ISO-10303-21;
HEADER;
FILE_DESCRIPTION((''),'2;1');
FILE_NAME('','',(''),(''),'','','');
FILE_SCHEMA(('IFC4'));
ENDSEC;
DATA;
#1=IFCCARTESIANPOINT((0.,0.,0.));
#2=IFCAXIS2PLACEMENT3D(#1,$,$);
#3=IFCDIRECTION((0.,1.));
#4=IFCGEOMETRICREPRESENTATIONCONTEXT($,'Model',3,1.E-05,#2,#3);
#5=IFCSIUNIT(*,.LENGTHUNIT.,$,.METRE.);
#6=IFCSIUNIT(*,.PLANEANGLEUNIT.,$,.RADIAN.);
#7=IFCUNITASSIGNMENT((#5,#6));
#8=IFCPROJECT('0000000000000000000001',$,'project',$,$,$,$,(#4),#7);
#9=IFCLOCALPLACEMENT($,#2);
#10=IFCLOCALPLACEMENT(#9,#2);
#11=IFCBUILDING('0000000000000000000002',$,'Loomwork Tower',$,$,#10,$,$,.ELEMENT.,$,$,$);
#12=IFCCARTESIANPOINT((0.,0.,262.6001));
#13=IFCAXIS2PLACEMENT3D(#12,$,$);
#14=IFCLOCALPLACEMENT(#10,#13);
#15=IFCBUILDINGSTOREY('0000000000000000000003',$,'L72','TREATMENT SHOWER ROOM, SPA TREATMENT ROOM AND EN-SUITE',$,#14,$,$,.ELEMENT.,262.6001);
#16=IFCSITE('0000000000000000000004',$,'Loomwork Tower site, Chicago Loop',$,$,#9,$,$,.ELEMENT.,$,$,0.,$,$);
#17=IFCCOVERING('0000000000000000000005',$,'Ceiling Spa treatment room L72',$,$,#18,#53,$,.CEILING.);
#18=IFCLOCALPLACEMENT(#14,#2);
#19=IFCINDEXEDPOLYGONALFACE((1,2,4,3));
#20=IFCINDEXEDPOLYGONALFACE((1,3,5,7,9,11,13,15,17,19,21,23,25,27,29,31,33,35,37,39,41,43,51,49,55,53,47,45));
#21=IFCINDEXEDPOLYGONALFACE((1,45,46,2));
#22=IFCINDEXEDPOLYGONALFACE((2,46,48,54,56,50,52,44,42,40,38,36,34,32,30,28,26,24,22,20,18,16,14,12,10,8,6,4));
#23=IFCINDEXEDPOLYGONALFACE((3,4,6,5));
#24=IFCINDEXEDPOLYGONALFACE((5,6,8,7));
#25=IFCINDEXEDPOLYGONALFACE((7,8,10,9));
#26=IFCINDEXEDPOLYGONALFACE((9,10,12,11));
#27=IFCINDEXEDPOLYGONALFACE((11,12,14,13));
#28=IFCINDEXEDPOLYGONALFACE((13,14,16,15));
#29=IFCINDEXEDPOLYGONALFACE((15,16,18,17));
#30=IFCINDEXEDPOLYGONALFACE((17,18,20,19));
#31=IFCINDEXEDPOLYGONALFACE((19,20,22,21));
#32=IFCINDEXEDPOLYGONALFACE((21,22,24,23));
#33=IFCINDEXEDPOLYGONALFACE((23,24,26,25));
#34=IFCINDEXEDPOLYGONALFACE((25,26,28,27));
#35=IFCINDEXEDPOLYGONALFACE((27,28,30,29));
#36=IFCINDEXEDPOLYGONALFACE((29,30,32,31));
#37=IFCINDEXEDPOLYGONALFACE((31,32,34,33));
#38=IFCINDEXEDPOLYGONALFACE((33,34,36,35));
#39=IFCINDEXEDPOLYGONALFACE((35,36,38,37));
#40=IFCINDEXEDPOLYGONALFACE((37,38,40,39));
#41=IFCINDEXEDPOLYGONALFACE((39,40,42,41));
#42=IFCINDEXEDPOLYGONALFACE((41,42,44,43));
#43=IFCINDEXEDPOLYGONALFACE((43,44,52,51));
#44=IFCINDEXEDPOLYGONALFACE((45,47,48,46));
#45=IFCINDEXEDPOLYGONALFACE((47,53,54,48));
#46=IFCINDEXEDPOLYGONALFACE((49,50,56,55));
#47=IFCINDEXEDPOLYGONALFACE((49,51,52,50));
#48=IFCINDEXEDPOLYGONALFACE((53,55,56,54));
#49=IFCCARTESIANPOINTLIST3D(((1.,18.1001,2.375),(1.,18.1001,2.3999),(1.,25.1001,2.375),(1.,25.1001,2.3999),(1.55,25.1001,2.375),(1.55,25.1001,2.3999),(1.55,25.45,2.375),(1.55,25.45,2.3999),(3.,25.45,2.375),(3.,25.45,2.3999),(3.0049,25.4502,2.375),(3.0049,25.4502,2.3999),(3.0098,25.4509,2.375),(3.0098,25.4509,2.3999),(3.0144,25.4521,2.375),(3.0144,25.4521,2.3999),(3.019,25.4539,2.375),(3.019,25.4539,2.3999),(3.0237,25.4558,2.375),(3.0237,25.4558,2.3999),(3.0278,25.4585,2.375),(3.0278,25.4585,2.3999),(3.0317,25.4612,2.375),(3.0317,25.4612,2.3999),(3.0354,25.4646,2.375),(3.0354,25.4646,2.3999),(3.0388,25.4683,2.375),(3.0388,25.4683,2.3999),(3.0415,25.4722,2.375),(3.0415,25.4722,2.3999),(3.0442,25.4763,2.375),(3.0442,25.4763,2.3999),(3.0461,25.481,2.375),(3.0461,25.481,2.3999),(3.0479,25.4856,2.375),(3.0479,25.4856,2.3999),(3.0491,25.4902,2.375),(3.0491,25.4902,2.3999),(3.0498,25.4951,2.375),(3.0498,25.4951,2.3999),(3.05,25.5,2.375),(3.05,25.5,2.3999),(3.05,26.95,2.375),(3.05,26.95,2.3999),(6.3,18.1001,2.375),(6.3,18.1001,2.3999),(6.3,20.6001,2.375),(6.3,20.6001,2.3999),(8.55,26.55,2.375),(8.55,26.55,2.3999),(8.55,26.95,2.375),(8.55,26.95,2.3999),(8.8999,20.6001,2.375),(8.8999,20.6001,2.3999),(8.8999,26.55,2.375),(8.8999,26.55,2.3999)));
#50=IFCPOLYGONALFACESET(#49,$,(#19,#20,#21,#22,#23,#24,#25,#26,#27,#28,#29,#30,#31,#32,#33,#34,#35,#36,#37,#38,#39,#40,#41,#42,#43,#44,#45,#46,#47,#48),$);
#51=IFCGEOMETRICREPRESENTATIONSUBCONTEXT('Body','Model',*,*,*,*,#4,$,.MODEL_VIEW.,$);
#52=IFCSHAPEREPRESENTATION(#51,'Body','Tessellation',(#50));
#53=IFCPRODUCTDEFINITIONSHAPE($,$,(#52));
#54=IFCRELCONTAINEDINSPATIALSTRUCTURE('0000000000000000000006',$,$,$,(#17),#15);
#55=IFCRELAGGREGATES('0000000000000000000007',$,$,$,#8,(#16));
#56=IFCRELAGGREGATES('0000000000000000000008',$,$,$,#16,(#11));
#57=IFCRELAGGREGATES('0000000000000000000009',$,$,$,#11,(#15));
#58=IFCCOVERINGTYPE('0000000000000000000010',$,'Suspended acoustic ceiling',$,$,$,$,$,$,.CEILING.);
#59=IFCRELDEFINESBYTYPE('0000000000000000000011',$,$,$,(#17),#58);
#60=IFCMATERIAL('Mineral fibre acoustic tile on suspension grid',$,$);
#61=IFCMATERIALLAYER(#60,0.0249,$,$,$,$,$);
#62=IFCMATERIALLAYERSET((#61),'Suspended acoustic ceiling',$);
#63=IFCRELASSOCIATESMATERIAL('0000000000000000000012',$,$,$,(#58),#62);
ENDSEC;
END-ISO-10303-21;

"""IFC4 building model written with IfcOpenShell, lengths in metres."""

from ifc_helpers import new_model, si_unit, direction, frame, origin, place, context, subcontext, project, spatial, polyline, outline, extrude, material, layer, layer_set, type_object, element, save


model = new_model("IFC4")

# Units and contexts
model_context = context("Model", 3, precision=1e-05, world=origin(), true_north=direction((0.0, 1.0)))
body_context = subcontext(model_context, "Body", "Model", "MODEL_VIEW")
ifc_project = project(units=[si_unit("LENGTHUNIT", "METRE"), si_unit("PLANEANGLEUNIT", "RADIAN")], contexts=[model_context])

# Site, building, storey
site_placement = place(None, origin())
site = spatial("IfcSite", under=ifc_project, at=site_placement, Name="Loomwork Tower site, Chicago Loop", CompositionType="ELEMENT", RefElevation=0.0)
building_placement = place(site_placement, origin())
building = spatial("IfcBuilding", under=site, at=building_placement, Name="Loomwork Tower", CompositionType="ELEMENT")
storey_placement = place(building_placement, frame((0.0, 0.0, 262.6001)))
storey = spatial("IfcBuildingStorey", under=building, at=storey_placement, Name="L72", Description="TREATMENT SHOWER ROOM, SPA TREATMENT ROOM AND EN-SUITE", CompositionType="ELEMENT", Elevation=262.6001)

# Covering
ifc_material_1 = material(Name="Mineral fibre acoustic tile on suspension grid")
ifc_layer_1 = layer(ifc_material_1, 0.0249)
ifc_layer_set_1 = layer_set([ifc_layer_1], Name="Suspended acoustic ceiling")
covering_type_1 = type_object("IfcCoveringType", Name="Suspended acoustic ceiling", PredefinedType="CEILING", material=ifc_layer_set_1)
covering_1_placement = place(storey_placement, frame((0.0, 0.0, 2.375)))
element("IfcCovering", 1, at=covering_1_placement, inside=storey, type_object=covering_type_1, Name="Ceiling Spa treatment room L72", PredefinedType="CEILING", context=body_context, shape_type="SweptSolid", body=[
    extrude(outline(polyline([(1.55, 25.1001), (1.55, 25.45), (3.0, 25.45), (3.0049, 25.4502), (3.0098, 25.4509), (3.0144, 25.4521), (3.019, 25.4539), (3.0237, 25.4558), (3.0278, 25.4585), (3.0317, 25.4612), (3.0354, 25.4646), (3.0388, 25.4683), (3.0415, 25.4722), (3.0442, 25.4763), (3.0461, 25.481), (3.0479, 25.4856), (3.0491, 25.4902), (3.0498, 25.4951), (3.05, 25.5), (3.05, 26.95), (8.55, 26.95), (8.55, 26.55), (8.8999, 26.55), (8.8999, 20.6001), (6.3, 20.6001), (6.3, 18.1001), (1.0, 18.1001), (1.0, 25.1001), (1.55, 25.1001)])), origin(), (0.0, 0.0, 1.0), 0.0249),
])

save(model, "model.ifc")
